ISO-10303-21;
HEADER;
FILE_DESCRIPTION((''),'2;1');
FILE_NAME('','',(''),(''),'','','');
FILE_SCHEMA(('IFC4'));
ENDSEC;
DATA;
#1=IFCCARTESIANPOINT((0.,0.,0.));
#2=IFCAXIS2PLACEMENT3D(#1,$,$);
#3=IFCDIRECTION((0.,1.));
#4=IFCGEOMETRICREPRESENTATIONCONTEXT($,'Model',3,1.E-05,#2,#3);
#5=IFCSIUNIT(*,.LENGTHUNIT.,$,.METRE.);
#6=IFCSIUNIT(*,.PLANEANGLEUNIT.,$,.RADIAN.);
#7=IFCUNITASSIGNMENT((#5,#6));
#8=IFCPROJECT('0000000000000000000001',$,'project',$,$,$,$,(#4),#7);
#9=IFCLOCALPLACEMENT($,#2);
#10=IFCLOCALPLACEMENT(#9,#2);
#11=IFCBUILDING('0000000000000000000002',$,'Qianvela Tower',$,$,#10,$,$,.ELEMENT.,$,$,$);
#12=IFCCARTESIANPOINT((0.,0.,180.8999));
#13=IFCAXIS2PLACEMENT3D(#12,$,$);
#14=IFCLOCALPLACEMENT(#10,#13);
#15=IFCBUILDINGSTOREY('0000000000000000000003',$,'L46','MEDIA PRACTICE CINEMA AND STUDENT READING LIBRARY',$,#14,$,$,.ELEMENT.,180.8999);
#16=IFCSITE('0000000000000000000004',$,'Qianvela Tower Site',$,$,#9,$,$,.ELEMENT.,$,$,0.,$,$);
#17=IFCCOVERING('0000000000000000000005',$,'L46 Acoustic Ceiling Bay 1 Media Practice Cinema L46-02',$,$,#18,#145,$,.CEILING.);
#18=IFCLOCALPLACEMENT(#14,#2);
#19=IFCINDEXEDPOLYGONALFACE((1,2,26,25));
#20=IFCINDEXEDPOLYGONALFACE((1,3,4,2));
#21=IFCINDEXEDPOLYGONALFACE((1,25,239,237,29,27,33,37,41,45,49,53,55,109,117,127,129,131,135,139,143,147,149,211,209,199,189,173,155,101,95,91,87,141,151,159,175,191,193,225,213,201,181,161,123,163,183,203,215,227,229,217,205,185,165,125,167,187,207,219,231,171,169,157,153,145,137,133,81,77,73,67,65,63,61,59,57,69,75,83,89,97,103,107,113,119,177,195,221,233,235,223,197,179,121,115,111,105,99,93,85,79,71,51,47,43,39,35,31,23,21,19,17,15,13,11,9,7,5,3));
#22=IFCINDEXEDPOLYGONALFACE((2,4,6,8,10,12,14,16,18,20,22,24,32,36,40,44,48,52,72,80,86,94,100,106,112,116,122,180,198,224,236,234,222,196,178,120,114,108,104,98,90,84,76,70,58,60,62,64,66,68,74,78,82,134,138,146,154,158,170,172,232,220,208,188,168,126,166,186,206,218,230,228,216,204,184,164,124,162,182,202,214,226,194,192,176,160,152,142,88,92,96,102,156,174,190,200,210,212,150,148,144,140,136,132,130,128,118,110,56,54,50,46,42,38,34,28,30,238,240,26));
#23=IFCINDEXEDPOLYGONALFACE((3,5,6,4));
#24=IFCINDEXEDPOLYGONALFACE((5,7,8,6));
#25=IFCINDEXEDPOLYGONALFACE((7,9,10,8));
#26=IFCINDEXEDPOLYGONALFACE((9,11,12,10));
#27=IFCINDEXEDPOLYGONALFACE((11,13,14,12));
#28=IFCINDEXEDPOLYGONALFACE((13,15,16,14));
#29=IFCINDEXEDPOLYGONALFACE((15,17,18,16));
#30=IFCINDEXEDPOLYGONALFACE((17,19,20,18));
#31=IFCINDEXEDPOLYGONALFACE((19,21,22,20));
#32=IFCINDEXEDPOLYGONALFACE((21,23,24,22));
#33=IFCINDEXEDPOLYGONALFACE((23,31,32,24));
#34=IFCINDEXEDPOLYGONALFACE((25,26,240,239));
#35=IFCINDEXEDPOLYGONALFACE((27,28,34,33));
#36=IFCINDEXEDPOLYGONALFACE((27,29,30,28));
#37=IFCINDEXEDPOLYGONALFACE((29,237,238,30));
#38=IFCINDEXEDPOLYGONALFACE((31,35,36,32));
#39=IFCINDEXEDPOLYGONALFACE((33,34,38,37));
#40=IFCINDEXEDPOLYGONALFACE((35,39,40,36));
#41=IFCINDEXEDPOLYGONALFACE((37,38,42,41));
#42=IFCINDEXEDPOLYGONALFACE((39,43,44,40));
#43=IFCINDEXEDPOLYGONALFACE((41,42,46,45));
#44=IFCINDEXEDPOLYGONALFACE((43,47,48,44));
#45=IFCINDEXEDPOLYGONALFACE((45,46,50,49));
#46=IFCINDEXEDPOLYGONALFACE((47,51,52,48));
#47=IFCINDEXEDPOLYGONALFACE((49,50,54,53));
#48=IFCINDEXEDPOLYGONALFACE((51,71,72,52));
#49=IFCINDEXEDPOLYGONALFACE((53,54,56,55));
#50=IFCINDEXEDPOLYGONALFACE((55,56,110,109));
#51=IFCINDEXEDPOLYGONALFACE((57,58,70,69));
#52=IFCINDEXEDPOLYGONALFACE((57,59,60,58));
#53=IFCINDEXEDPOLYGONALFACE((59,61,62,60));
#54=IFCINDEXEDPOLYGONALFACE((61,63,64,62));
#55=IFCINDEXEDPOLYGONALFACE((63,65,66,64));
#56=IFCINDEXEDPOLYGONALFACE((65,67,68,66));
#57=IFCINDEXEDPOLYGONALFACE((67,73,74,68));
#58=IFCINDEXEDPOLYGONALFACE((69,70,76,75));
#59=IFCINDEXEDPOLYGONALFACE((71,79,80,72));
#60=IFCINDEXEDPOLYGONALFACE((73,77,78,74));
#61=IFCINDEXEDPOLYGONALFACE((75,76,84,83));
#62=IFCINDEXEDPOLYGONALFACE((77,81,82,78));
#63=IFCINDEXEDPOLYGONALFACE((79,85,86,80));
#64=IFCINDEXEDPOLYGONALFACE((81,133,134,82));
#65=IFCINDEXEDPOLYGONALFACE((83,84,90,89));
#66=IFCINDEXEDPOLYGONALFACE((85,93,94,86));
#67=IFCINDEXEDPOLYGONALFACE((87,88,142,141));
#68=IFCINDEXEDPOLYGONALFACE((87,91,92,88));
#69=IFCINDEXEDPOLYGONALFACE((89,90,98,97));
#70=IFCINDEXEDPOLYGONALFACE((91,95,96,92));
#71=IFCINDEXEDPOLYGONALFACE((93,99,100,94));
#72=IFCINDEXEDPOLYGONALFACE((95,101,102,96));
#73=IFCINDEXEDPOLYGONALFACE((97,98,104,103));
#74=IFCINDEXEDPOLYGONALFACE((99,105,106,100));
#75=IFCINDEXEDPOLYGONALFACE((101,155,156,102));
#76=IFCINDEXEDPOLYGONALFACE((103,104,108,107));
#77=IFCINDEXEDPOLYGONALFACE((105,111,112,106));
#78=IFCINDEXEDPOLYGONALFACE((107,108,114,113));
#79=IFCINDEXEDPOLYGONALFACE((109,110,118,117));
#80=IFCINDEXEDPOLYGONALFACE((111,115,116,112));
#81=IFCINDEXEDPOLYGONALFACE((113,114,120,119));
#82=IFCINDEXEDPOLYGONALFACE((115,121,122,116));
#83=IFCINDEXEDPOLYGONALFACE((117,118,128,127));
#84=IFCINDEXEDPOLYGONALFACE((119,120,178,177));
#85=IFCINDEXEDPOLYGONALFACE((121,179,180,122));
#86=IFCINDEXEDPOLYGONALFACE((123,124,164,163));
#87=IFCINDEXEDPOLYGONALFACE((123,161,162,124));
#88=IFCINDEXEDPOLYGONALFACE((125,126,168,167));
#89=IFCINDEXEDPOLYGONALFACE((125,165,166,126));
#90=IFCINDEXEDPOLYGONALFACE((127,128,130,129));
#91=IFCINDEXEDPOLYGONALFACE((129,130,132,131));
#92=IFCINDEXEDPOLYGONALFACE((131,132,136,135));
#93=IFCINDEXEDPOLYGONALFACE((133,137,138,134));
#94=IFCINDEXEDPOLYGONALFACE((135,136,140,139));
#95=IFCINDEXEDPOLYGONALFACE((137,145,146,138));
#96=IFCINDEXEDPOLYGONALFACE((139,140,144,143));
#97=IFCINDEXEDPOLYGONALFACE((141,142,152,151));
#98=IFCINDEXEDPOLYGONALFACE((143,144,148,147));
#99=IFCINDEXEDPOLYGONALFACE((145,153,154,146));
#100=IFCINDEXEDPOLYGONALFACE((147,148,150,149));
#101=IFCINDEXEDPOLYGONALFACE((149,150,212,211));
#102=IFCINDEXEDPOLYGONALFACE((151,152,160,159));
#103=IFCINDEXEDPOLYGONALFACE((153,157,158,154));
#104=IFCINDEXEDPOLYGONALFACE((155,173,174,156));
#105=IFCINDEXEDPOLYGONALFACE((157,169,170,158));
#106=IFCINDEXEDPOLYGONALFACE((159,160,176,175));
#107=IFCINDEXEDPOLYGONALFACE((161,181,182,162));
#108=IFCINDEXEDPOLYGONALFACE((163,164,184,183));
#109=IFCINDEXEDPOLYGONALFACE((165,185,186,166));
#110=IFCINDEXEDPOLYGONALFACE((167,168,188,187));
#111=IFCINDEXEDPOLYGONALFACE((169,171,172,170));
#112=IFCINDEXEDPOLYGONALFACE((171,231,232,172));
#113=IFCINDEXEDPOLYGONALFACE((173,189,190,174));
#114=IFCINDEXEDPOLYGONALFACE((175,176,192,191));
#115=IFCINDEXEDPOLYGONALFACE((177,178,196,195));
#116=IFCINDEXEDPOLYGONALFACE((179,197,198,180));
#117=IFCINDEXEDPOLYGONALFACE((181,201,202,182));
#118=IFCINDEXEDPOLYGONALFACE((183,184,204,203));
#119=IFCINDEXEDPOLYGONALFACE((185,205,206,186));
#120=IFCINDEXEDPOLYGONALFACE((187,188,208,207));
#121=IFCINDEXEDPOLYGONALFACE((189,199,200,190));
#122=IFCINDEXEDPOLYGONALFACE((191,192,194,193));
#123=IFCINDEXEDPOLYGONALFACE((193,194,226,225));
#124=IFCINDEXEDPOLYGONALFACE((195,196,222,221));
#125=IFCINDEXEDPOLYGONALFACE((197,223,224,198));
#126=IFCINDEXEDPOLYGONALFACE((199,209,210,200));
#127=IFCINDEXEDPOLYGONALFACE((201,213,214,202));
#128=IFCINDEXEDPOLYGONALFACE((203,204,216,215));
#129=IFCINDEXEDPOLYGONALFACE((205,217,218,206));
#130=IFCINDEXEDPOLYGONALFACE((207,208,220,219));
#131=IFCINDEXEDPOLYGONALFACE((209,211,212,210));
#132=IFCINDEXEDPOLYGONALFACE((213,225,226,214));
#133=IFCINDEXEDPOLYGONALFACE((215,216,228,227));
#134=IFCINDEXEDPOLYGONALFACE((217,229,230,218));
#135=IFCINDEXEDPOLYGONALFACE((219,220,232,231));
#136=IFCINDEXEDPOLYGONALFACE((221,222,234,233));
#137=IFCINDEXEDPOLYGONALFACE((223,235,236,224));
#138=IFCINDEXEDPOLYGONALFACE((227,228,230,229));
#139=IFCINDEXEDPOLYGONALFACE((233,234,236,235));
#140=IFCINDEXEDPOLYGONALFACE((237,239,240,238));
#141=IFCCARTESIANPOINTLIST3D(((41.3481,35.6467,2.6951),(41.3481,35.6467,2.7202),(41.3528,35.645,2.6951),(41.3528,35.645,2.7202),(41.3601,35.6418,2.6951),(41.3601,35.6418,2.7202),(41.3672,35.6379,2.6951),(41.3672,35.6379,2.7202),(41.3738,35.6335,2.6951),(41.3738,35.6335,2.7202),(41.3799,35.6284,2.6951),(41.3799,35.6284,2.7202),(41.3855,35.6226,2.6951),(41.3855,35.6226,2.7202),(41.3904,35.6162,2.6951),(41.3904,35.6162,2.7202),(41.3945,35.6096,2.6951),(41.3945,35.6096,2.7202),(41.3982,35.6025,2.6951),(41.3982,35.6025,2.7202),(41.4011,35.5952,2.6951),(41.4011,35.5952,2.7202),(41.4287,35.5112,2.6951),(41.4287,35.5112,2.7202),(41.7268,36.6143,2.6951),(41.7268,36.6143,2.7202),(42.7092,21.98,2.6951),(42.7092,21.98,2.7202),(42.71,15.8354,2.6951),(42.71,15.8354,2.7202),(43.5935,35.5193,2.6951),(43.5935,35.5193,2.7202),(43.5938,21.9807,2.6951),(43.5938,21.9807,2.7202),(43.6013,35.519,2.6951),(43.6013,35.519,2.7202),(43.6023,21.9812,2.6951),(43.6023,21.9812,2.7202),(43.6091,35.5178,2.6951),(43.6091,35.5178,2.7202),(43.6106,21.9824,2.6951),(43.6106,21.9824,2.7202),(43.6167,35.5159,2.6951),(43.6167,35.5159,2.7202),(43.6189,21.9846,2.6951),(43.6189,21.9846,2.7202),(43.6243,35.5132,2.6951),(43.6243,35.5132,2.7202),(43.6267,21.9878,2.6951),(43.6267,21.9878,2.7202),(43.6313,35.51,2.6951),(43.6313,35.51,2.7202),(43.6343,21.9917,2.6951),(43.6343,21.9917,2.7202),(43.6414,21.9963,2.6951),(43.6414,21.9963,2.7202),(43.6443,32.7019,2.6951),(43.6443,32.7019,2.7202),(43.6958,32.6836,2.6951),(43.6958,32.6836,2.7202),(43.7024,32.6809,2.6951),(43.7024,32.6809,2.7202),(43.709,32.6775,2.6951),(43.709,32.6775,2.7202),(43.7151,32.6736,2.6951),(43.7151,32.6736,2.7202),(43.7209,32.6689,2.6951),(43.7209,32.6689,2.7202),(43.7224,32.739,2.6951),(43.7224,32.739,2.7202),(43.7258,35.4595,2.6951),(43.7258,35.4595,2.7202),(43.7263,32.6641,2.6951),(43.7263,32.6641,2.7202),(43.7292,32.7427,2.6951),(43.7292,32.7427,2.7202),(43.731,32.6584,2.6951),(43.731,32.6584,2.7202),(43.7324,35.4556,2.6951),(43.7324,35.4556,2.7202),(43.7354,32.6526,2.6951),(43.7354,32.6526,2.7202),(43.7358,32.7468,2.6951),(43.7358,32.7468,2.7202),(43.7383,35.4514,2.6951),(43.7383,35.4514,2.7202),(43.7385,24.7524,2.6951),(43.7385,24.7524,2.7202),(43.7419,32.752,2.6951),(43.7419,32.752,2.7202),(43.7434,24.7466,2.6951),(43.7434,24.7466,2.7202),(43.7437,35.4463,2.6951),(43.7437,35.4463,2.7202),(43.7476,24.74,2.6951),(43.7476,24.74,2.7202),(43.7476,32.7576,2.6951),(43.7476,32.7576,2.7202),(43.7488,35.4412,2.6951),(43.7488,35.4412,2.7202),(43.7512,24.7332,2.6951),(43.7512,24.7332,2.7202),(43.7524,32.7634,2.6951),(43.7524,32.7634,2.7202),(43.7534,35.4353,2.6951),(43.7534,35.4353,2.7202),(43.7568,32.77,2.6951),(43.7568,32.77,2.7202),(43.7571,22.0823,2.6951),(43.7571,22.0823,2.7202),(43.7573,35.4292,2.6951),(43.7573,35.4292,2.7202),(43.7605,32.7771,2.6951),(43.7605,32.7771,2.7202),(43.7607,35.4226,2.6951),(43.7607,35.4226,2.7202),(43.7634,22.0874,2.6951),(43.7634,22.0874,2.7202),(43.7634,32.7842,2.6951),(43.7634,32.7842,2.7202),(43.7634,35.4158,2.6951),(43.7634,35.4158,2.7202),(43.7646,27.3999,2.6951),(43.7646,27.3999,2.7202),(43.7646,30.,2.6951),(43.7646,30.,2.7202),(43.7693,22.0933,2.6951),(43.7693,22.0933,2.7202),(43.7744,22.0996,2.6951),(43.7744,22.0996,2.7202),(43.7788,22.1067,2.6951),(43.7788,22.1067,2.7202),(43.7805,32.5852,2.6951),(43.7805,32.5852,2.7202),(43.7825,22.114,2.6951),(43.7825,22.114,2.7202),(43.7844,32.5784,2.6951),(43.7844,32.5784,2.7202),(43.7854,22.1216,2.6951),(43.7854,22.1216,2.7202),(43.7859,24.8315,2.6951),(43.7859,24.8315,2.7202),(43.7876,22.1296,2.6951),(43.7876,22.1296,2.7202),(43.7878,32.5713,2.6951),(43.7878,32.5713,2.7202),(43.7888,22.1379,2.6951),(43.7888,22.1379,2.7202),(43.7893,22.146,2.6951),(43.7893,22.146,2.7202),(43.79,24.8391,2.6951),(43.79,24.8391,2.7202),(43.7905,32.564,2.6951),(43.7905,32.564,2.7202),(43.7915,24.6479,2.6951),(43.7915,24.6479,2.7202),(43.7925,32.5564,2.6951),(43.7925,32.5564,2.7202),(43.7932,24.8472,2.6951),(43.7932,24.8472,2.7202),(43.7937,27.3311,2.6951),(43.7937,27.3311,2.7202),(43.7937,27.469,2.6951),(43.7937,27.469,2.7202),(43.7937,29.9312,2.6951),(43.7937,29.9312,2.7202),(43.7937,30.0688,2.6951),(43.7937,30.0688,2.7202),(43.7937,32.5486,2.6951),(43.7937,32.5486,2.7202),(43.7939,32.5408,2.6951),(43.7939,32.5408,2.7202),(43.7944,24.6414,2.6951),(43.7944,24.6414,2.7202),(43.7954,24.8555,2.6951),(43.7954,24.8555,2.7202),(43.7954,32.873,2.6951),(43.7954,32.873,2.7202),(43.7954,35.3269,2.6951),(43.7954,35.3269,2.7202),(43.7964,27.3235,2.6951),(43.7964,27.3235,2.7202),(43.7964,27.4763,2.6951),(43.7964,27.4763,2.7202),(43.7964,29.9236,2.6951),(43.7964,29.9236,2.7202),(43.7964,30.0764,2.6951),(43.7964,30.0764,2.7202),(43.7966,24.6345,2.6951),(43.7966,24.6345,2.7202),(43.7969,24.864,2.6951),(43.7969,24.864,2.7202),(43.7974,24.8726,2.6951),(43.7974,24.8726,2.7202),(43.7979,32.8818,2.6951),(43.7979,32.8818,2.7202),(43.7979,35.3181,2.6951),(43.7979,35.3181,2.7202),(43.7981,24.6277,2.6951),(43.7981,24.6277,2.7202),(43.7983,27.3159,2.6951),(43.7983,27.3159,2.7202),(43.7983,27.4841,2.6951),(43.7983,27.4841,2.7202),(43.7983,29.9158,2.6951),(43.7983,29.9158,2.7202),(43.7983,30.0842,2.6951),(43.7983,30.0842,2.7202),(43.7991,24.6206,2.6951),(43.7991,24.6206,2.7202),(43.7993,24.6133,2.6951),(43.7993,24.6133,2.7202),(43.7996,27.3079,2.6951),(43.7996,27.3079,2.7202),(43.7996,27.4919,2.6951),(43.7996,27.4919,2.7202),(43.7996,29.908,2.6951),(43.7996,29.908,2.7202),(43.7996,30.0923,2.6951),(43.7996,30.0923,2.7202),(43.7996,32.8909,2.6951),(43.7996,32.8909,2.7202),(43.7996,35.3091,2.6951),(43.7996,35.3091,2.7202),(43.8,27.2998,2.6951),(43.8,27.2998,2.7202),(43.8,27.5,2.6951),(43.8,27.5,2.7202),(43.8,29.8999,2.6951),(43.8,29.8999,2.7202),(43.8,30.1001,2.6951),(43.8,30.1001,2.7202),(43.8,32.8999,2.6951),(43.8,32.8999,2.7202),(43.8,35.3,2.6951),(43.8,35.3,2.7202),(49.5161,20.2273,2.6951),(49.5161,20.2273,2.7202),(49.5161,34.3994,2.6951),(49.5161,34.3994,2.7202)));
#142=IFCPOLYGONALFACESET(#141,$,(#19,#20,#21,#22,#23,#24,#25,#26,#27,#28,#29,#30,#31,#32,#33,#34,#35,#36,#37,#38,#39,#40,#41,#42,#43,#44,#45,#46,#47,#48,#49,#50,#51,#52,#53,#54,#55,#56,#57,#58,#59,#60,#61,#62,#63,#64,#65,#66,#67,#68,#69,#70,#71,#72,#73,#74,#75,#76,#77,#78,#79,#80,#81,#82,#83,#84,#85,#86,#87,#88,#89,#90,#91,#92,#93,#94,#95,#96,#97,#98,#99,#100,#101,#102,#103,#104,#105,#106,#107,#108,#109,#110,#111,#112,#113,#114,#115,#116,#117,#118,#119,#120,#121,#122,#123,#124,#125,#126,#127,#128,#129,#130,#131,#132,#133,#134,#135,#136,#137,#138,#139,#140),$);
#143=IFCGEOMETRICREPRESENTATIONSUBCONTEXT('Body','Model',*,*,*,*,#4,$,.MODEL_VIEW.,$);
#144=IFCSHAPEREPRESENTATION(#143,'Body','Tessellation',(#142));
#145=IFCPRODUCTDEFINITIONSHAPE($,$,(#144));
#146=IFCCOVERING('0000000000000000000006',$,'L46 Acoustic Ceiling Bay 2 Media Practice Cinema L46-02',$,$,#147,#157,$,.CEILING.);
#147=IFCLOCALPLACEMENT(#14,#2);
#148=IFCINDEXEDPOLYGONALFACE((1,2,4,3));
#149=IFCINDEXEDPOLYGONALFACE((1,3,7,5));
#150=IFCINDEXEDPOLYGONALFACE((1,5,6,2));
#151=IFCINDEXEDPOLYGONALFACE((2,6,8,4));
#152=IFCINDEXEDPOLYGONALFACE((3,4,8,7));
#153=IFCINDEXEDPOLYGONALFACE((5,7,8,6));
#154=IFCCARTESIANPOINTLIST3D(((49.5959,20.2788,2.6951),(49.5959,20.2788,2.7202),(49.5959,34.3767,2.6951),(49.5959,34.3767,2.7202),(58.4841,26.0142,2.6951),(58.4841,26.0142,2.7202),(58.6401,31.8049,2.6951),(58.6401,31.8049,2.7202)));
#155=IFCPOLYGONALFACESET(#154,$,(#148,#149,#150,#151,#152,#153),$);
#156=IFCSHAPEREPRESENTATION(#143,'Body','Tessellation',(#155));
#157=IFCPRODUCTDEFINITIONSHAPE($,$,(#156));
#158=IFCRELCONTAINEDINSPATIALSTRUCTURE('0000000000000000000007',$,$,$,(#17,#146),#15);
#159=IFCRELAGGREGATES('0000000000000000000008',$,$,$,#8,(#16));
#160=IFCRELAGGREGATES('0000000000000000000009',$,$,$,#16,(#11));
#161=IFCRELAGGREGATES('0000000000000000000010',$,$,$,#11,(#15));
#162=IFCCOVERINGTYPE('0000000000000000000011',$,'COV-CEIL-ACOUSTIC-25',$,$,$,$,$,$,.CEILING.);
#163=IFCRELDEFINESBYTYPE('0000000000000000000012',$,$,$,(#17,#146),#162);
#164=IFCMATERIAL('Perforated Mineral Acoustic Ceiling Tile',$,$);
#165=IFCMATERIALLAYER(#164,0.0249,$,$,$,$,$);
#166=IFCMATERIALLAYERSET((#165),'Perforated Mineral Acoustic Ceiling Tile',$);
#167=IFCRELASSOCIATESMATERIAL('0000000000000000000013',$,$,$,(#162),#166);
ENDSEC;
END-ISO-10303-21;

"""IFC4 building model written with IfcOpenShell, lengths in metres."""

from ifc_helpers import new_model, si_unit, direction, frame, origin, place, context, subcontext, project, spatial, polyline, outline, extrude, material, layer, layer_set, type_object, element, save


model = new_model("IFC4")

# Units and contexts
model_context = context("Model", 3, precision=1e-05, world=origin(), true_north=direction((0.0, 1.0)))
body_context = subcontext(model_context, "Body", "Model", "MODEL_VIEW")
ifc_project = project(units=[si_unit("LENGTHUNIT", "METRE"), si_unit("PLANEANGLEUNIT", "RADIAN")], contexts=[model_context])

# Site, building, storey
site_placement = place(None, origin())
site = spatial("IfcSite", under=ifc_project, at=site_placement, Name="Qianvela Tower Site", CompositionType="ELEMENT", RefElevation=0.0)
building_placement = place(site_placement, origin())
building = spatial("IfcBuilding", under=site, at=building_placement, Name="Qianvela Tower", CompositionType="ELEMENT")
storey_placement = place(building_placement, frame((0.0, 0.0, 180.8999)))
storey = spatial("IfcBuildingStorey", under=building, at=storey_placement, Name="L46", Description="MEDIA PRACTICE CINEMA AND STUDENT READING LIBRARY", CompositionType="ELEMENT", Elevation=180.8999)

# Coverings
ifc_material_1 = material(Name="Perforated Mineral Acoustic Ceiling Tile")
ifc_layer_1 = layer(ifc_material_1, 0.0249)
ifc_layer_set_1 = layer_set([ifc_layer_1], Name="Perforated Mineral Acoustic Ceiling Tile")
covering_type_1 = type_object("IfcCoveringType", Name="COV-CEIL-ACOUSTIC-25", PredefinedType="CEILING", material=ifc_layer_set_1)
covering_1_placement = place(storey_placement, frame((0.0, 0.0, 2.6951)))
element("IfcCovering", 1, at=covering_1_placement, inside=storey, type_object=covering_type_1, Name="L46 Acoustic Ceiling Bay 1 Media Practice Cinema L46-02", PredefinedType="CEILING", context=body_context, shape_type="SweptSolid", body=[
    extrude(outline(polyline([(43.7859, 24.8315), (43.79, 24.8391), (43.7932, 24.8472), (43.7954, 24.8555), (43.7969, 24.864), (43.7974, 24.8726), (43.8, 27.2998), (43.7996, 27.3079), (43.7983, 27.3159), (43.7964, 27.3235), (43.7937, 27.3311), (43.7646, 27.3999), (43.7937, 27.469), (43.7964, 27.4763), (43.7983, 27.4841), (43.7996, 27.4919), (43.8, 27.5), (43.8, 29.8999), (43.7996, 29.908), (43.7983, 29.9158), (43.7964, 29.9236), (43.7937, 29.9312), (43.7646, 30.0), (43.7937, 30.0688), (43.7964, 30.0764), (43.7983, 30.0842), (43.7996, 30.0923), (43.8, 30.1001), (43.7939, 32.5408), (43.7937, 32.5486), (43.7925, 32.5564), (43.7905, 32.564), (43.7878, 32.5713), (43.7844, 32.5784), (43.7805, 32.5852), (43.7354, 32.6526), (43.731, 32.6584), (43.7263, 32.6641), (43.7209, 32.6689), (43.7151, 32.6736), (43.709, 32.6775), (43.7024, 32.6809), (43.6958, 32.6836), (43.6443, 32.7019), (43.7224, 32.739), (43.7292, 32.7427), (43.7358, 32.7468), (43.7419, 32.752), (43.7476, 32.7576), (43.7524, 32.7634), (43.7568, 32.77), (43.7605, 32.7771), (43.7634, 32.7842), (43.7954, 32.873), (43.7979, 32.8818), (43.7996, 32.8909), (43.8, 32.8999), (43.8, 35.3), (43.7996, 35.3091), (43.7979, 35.3181), (43.7954, 35.3269), (43.7634, 35.4158), (43.7607, 35.4226), (43.7573, 35.4292), (43.7534, 35.4353), (43.7488, 35.4412), (43.7437, 35.4463), (43.7383, 35.4514), (43.7324, 35.4556), (43.7258, 35.4595), (43.6313, 35.51), (43.6243, 35.5132), (43.6167, 35.5159), (43.6091, 35.5178), (43.6013, 35.519), (43.5935, 35.5193), (41.4287, 35.5112), (41.4011, 35.5952), (41.3982, 35.6025), (41.3945, 35.6096), (41.3904, 35.6162), (41.3855, 35.6226), (41.3799, 35.6284), (41.3738, 35.6335), (41.3672, 35.6379), (41.3601, 35.6418), (41.3528, 35.645), (41.3481, 35.6467), (41.7268, 36.6143), (49.5161, 34.3994), (49.5161, 20.2273), (42.71, 15.8354), (42.7092, 21.98), (43.5938, 21.9807), (43.6023, 21.9812), (43.6106, 21.9824), (43.6189, 21.9846), (43.6267, 21.9878), (43.6343, 21.9917), (43.6414, 21.9963), (43.7571, 22.0823), (43.7634, 22.0874), (43.7693, 22.0933), (43.7744, 22.0996), (43.7788, 22.1067), (43.7825, 22.114), (43.7854, 22.1216), (43.7876, 22.1296), (43.7888, 22.1379), (43.7893, 22.146), (43.7993, 24.6133), (43.7991, 24.6206), (43.7981, 24.6277), (43.7966, 24.6345), (43.7944, 24.6414), (43.7915, 24.6479), (43.7512, 24.7332), (43.7476, 24.74), (43.7434, 24.7466), (43.7385, 24.7524), (43.7859, 24.8315)])), origin(), (0.0, 0.0, 1.0), 0.0251),
])
covering_2_placement = place(storey_placement, frame((0.0, 0.0, 2.6951)))
element("IfcCovering", 2, at=covering_2_placement, inside=storey, type_object=covering_type_1, Name="L46 Acoustic Ceiling Bay 2 Media Practice Cinema L46-02", PredefinedType="CEILING", context=body_context, shape_type="SweptSolid", body=[
    extrude(outline(polyline([(58.6401, 31.8049), (58.4841, 26.0142), (49.5959, 20.2788), (49.5959, 34.3767), (58.6401, 31.8049)])), origin(), (0.0, 0.0, 1.0), 0.0251),
])

save(model, "model.ifc")
